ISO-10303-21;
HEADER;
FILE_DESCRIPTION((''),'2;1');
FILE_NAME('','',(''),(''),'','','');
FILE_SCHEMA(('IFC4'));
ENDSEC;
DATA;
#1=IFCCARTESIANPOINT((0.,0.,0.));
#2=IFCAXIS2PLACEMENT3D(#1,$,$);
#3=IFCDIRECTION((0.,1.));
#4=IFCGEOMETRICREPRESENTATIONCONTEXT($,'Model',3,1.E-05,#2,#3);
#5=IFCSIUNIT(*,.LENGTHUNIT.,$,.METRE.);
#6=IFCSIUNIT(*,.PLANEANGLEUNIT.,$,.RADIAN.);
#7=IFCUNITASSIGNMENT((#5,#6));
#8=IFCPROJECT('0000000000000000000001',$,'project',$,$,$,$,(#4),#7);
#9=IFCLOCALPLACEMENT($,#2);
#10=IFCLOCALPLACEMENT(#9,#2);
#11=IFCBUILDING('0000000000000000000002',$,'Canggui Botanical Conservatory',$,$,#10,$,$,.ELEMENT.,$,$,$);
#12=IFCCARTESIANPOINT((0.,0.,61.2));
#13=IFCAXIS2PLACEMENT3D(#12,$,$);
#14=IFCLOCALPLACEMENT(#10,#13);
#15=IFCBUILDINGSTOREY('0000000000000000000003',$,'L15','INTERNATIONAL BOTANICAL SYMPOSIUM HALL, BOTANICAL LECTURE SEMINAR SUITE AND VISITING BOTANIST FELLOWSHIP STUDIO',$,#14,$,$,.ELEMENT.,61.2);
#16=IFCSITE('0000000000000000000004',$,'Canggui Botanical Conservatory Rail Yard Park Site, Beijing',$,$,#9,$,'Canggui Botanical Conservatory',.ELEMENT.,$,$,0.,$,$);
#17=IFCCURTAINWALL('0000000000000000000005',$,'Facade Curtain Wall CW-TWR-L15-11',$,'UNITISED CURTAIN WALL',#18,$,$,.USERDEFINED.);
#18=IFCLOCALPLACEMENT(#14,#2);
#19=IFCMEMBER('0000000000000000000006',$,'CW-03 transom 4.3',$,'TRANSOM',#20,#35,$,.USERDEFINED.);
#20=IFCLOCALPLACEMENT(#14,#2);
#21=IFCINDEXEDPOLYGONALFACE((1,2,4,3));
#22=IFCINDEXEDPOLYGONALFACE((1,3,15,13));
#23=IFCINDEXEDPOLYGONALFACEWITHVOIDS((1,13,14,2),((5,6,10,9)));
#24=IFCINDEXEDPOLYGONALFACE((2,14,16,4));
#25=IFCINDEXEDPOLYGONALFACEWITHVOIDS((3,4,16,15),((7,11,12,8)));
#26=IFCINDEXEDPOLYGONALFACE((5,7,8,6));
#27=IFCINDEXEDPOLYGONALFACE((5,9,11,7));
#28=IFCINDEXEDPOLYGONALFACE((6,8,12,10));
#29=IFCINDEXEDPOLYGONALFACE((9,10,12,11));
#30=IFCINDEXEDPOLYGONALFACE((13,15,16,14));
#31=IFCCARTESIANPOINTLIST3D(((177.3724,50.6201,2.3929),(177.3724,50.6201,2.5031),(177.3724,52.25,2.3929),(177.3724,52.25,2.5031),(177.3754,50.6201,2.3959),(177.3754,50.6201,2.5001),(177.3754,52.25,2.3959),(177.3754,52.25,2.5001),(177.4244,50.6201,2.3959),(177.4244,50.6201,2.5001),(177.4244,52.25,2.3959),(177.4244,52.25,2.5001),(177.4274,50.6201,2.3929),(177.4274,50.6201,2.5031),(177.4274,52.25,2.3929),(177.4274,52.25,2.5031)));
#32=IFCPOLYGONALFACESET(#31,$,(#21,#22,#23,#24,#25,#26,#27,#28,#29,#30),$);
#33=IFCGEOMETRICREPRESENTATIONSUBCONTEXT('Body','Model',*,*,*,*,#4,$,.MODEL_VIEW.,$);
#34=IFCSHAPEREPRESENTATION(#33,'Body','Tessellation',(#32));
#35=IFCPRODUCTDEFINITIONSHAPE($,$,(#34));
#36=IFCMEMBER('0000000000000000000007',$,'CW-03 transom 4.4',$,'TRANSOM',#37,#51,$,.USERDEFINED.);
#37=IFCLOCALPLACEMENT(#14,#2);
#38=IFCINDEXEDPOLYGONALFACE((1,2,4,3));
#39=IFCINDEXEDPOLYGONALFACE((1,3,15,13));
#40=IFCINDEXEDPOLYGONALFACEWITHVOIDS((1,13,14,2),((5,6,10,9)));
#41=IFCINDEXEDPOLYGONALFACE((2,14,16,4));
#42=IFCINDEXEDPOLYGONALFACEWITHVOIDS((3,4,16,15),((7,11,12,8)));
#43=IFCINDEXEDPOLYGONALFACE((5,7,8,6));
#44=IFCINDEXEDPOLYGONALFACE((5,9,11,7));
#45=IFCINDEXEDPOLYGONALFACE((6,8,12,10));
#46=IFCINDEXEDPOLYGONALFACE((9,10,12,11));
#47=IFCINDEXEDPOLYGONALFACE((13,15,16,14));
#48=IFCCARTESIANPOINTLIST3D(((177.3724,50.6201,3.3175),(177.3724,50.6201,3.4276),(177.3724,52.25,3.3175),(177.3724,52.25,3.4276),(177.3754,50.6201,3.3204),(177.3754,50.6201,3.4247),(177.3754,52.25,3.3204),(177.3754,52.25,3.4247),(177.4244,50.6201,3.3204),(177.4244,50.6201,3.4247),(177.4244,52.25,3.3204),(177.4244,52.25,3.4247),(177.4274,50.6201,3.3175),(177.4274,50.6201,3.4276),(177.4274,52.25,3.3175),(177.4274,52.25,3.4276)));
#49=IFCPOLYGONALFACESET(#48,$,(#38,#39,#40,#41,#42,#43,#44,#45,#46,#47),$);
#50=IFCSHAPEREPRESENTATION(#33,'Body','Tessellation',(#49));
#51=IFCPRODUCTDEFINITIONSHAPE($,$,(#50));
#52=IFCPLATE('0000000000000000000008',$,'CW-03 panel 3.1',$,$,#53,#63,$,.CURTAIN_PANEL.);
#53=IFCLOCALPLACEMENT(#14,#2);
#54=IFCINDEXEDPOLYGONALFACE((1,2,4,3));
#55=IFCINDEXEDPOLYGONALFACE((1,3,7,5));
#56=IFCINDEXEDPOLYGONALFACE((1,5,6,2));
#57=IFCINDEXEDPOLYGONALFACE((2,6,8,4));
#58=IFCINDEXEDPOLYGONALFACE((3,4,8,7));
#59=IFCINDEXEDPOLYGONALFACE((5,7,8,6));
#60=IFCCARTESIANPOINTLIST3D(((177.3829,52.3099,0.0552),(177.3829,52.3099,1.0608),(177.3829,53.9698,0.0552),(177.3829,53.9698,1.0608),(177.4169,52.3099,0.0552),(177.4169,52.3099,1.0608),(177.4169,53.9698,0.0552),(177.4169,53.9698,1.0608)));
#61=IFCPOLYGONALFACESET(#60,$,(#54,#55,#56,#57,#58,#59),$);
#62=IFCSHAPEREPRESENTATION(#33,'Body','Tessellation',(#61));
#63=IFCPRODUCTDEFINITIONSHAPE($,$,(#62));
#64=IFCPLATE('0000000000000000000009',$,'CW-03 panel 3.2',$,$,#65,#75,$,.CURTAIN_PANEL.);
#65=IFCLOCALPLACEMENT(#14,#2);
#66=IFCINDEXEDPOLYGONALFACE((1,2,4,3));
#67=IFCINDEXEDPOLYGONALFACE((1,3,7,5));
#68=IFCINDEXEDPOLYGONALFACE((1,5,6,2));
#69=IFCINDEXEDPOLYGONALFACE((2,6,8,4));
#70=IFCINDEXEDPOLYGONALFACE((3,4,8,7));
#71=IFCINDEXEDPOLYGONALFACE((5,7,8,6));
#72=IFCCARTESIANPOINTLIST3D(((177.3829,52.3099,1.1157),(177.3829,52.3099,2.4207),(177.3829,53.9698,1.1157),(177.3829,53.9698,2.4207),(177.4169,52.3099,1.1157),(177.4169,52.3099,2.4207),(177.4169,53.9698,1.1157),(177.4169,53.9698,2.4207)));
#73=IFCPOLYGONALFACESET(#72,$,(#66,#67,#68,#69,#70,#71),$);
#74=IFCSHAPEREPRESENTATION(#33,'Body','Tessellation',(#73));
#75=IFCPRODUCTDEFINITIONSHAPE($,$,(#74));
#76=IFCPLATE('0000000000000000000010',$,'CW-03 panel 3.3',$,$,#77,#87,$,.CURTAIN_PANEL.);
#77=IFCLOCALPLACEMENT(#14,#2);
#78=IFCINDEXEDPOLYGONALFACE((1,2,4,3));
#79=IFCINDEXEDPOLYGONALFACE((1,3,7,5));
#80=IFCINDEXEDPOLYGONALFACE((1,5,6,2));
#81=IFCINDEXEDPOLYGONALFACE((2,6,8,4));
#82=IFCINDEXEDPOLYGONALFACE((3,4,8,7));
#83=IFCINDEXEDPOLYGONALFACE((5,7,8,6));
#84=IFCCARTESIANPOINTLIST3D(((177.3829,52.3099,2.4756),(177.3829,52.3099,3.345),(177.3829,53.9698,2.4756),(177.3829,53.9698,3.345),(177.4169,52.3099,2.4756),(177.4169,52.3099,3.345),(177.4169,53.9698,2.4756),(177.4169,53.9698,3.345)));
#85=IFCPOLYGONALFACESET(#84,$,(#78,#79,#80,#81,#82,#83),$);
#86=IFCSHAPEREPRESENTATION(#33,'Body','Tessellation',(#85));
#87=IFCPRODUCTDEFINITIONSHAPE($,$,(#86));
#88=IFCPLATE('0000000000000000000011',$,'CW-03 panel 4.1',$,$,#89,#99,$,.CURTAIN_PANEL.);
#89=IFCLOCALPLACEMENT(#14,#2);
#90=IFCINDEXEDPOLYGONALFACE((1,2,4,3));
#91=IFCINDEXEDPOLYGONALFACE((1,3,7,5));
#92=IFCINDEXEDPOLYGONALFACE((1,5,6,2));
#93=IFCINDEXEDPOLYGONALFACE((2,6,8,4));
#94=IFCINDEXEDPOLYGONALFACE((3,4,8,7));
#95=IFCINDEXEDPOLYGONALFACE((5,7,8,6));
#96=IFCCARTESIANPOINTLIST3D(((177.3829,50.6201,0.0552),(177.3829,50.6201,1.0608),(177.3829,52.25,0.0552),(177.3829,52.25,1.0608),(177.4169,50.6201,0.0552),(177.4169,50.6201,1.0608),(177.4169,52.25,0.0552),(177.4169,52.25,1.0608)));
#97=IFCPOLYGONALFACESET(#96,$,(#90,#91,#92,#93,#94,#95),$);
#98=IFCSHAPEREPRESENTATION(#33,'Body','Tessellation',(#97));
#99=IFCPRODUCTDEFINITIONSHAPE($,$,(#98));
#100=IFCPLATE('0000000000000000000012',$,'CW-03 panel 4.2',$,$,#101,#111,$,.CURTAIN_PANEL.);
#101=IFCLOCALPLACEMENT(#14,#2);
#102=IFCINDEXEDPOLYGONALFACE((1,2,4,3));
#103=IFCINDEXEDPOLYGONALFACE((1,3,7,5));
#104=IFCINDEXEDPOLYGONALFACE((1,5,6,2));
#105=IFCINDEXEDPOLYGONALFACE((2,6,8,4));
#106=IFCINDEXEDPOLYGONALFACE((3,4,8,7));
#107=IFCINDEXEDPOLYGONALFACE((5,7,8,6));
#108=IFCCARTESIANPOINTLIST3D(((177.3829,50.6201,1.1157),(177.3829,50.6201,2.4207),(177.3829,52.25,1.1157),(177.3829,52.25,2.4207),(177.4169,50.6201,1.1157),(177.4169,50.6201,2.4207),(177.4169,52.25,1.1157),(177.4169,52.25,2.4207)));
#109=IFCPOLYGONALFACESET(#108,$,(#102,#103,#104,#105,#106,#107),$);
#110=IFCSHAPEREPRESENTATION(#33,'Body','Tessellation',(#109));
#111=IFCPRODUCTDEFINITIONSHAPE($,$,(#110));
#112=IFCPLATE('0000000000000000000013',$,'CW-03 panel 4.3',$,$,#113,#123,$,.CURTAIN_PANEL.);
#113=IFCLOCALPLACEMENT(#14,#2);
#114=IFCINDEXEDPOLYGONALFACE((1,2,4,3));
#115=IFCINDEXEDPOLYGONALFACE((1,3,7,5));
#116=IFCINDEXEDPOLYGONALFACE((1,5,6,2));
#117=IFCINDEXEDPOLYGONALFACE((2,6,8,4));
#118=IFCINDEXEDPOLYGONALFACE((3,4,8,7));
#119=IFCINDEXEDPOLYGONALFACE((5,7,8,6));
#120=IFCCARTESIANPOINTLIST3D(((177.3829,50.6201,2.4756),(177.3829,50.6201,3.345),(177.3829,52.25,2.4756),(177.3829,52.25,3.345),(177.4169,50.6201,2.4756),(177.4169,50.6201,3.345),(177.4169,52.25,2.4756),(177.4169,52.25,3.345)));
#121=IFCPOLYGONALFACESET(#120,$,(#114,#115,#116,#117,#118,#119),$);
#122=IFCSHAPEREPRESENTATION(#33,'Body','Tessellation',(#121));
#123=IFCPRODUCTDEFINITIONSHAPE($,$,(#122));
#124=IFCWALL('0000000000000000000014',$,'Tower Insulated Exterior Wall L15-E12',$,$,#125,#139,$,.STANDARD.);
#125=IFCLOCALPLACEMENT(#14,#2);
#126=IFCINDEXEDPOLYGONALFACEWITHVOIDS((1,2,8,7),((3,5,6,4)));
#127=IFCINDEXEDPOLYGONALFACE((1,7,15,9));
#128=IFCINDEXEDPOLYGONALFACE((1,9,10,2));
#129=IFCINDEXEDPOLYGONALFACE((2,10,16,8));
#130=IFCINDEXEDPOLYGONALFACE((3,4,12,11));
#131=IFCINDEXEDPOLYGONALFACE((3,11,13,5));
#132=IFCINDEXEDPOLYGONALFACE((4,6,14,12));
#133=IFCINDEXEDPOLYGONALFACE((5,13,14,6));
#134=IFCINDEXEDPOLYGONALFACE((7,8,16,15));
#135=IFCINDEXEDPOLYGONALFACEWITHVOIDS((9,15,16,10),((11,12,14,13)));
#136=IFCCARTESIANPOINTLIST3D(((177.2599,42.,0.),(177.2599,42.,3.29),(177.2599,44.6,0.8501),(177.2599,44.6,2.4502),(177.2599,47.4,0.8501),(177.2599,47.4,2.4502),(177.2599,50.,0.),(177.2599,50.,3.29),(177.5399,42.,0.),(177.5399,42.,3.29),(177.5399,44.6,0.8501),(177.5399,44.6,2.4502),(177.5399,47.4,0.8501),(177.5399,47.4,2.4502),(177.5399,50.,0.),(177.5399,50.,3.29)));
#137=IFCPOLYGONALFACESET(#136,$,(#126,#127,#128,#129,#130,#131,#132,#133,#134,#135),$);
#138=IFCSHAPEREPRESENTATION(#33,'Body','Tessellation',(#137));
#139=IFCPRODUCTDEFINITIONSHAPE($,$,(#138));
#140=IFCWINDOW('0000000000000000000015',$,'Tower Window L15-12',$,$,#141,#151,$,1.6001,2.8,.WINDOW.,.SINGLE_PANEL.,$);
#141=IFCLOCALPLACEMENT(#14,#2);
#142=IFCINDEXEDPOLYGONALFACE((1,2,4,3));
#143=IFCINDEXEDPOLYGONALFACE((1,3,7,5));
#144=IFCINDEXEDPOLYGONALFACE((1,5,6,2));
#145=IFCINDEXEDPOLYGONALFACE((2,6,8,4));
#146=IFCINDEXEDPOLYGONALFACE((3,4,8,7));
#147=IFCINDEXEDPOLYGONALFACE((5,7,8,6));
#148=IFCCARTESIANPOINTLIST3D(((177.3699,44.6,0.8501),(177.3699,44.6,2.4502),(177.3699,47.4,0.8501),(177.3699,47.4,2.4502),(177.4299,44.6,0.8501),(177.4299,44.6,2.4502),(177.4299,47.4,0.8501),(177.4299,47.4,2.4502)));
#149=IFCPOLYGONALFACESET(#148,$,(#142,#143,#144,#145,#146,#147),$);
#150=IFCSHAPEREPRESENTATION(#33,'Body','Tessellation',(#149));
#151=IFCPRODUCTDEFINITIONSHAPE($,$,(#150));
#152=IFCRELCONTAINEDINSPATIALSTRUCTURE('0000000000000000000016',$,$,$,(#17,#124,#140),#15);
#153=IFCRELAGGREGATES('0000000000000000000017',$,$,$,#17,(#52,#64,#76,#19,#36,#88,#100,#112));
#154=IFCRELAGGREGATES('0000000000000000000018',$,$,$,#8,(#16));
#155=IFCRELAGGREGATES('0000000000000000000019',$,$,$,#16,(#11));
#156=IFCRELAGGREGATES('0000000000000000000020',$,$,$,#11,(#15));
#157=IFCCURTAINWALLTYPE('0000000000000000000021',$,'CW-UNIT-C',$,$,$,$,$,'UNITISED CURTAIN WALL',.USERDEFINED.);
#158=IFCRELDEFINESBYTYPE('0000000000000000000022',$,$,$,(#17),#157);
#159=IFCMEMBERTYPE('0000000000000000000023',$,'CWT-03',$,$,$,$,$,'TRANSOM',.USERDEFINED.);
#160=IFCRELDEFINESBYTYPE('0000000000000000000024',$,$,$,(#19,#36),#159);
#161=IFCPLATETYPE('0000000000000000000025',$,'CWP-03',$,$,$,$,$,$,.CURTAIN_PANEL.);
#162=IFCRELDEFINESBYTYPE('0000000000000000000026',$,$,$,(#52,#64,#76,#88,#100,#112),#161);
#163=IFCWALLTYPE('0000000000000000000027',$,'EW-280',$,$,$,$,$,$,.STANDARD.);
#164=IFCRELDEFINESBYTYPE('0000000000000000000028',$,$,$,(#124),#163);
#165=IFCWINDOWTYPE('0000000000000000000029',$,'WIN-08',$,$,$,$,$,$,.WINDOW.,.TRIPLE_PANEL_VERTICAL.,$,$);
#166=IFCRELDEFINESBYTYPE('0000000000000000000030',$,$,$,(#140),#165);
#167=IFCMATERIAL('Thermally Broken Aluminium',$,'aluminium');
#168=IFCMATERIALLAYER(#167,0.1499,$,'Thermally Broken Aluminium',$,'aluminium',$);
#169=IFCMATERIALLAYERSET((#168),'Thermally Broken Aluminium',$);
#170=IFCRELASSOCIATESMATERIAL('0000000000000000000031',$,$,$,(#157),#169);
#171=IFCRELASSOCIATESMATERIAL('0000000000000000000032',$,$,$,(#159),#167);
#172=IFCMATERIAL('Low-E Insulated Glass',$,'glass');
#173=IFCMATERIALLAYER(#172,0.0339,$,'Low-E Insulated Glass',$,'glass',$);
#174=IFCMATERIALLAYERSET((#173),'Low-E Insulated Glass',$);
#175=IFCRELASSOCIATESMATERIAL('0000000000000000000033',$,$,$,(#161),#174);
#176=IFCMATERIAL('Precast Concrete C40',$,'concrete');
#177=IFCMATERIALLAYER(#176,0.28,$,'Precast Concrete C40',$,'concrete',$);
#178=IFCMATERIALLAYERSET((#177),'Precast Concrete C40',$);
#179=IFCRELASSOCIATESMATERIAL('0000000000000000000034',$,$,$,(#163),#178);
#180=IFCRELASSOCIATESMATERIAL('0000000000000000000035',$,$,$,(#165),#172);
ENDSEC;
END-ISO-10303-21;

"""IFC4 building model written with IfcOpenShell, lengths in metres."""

from ifc_helpers import new_model, si_unit, direction, frame, frame_2d, origin, origin_2d, place, context, subcontext, project, spatial, rectangle, hollow_rectangle, extrude, material, layer, layer_set, material_profile, profile_set, type_object, element, fill, aggregate, save


model = new_model("IFC4")

# Units and contexts
model_context = context("Model", 3, precision=1e-05, world=origin(), true_north=direction((0.0, 1.0)))
body_context = subcontext(model_context, "Body", "Model", "MODEL_VIEW")
ifc_project = project(units=[si_unit("LENGTHUNIT", "METRE"), si_unit("PLANEANGLEUNIT", "RADIAN")], contexts=[model_context])

# Site, building, storey
site_placement = place(None, origin())
site = spatial("IfcSite", under=ifc_project, at=site_placement, Name="Canggui Botanical Conservatory Rail Yard Park Site, Beijing", LongName="Canggui Botanical Conservatory", CompositionType="ELEMENT", RefElevation=0.0)
building_placement = place(site_placement, origin())
building = spatial("IfcBuilding", under=site, at=building_placement, Name="Canggui Botanical Conservatory", CompositionType="ELEMENT")
storey_placement = place(building_placement, frame((0.0, 0.0, 61.2)))
storey = spatial("IfcBuildingStorey", under=building, at=storey_placement, Name="L15", Description="INTERNATIONAL BOTANICAL SYMPOSIUM HALL, BOTANICAL LECTURE SEMINAR SUITE AND VISITING BOTANIST FELLOWSHIP STUDIO", CompositionType="ELEMENT", Elevation=61.2)

# Curtain wall, members, plates
ifc_material_1 = material(Name="Thermally Broken Aluminium", Category="aluminium")
ifc_layer_1 = layer(ifc_material_1, 0.1499, Name="Thermally Broken Aluminium", Category="aluminium")
ifc_layer_set_1 = layer_set([ifc_layer_1], Name="Thermally Broken Aluminium")
curtain_wall_type = type_object("IfcCurtainWallType", Name="CW-UNIT-C", ElementType="UNITISED CURTAIN WALL", PredefinedType="USERDEFINED", material=ifc_layer_set_1)
curtain_wall_placement = place(storey_placement, origin())
curtain_wall = element("IfcCurtainWall", 1, at=curtain_wall_placement, inside=storey, type_object=curtain_wall_type, Name="Facade Curtain Wall CW-TWR-L15-11", ObjectType="UNITISED CURTAIN WALL", PredefinedType="USERDEFINED")
ifc_material_profile_1 = material_profile(ifc_material_1, hollow_rectangle(XDim=0.0549, YDim=0.1101, WallThickness=0.0029, at=origin_2d()), Name="CWT 55x110x3")
ifc_profile_set_1 = profile_set([ifc_material_profile_1], Name="Thermally Broken Aluminium")
member_type_1 = type_object("IfcMemberType", Name="CWT-03", ElementType="TRANSOM", PredefinedType="USERDEFINED", material=ifc_profile_set_1)
member_1_placement = place(storey_placement, frame((177.3999, 52.25, 2.448), z_axis=(0.0, -1.0, 0.0), x_axis=(1.0, 0.0, 0.0)))
member_1 = element("IfcMember", 2, at=member_1_placement, type_object=member_type_1, Name="CW-03 transom 4.3", ObjectType="TRANSOM", PredefinedType="USERDEFINED", context=body_context, shape_type="SweptSolid", body=[
    extrude(hollow_rectangle(XDim=0.0549, YDim=0.1101, WallThickness=0.0029, at=origin_2d()), origin(), (0.0, 0.0, 1.0), 1.6299),
])
member_2_placement = place(storey_placement, frame((177.3999, 52.25, 3.3726), z_axis=(0.0, -1.0, 0.0), x_axis=(1.0, 0.0, 0.0)))
member_2 = element("IfcMember", 3, at=member_2_placement, type_object=member_type_1, Name="CW-03 transom 4.4", ObjectType="TRANSOM", PredefinedType="USERDEFINED", context=body_context, shape_type="SweptSolid", body=[
    extrude(hollow_rectangle(XDim=0.0549, YDim=0.1101, WallThickness=0.0029, at=origin_2d()), origin(), (0.0, 0.0, 1.0), 1.6299),
])
ifc_material_2 = material(Name="Low-E Insulated Glass", Category="glass")
ifc_layer_2 = layer(ifc_material_2, 0.0339, Name="Low-E Insulated Glass", Category="glass")
ifc_layer_set_2 = layer_set([ifc_layer_2], Name="Low-E Insulated Glass")
plate_type = type_object("IfcPlateType", Name="CWP-03", PredefinedType="CURTAIN_PANEL", material=ifc_layer_set_2)
plate_1_placement = place(storey_placement, frame((177.3999, 53.1399, 0.0552), z_axis=(0.0, 0.0, 1.0), x_axis=(0.0, -1.0, 0.0)))
plate_1 = element("IfcPlate", 4, at=plate_1_placement, type_object=plate_type, Name="CW-03 panel 3.1", PredefinedType="CURTAIN_PANEL", context=body_context, shape_type="SweptSolid", body=[
    extrude(rectangle(XDim=1.6599, YDim=0.0339, at=origin_2d()), origin(), (0.0, 0.0, 1.0), 1.0056),
])
plate_2_placement = place(storey_placement, frame((177.3999, 53.1399, 1.1157), z_axis=(0.0, 0.0, 1.0), x_axis=(0.0, -1.0, 0.0)))
plate_2 = element("IfcPlate", 5, at=plate_2_placement, type_object=plate_type, Name="CW-03 panel 3.2", PredefinedType="CURTAIN_PANEL", context=body_context, shape_type="SweptSolid", body=[
    extrude(rectangle(XDim=1.6599, YDim=0.0339, at=origin_2d()), origin(), (0.0, 0.0, 1.0), 1.3049),
])
plate_3_placement = place(storey_placement, frame((177.3999, 53.1399, 2.4756), z_axis=(0.0, 0.0, 1.0), x_axis=(0.0, -1.0, 0.0)))
plate_3 = element("IfcPlate", 6, at=plate_3_placement, type_object=plate_type, Name="CW-03 panel 3.3", PredefinedType="CURTAIN_PANEL", context=body_context, shape_type="SweptSolid", body=[
    extrude(rectangle(XDim=1.6599, YDim=0.0339, at=origin_2d()), origin(), (0.0, 0.0, 1.0), 0.8694),
])
plate_4_placement = place(storey_placement, frame((177.3999, 51.4351, 0.0552), z_axis=(0.0, 0.0, 1.0), x_axis=(0.0, -1.0, 0.0)))
plate_4 = element("IfcPlate", 7, at=plate_4_placement, type_object=plate_type, Name="CW-03 panel 4.1", PredefinedType="CURTAIN_PANEL", context=body_context, shape_type="SweptSolid", body=[
    extrude(rectangle(XDim=1.6299, YDim=0.0339, at=origin_2d()), origin(), (0.0, 0.0, 1.0), 1.0056),
])
plate_5_placement = place(storey_placement, frame((177.3999, 51.4351, 1.1157), z_axis=(0.0, 0.0, 1.0), x_axis=(0.0, -1.0, 0.0)))
plate_5 = element("IfcPlate", 8, at=plate_5_placement, type_object=plate_type, Name="CW-03 panel 4.2", PredefinedType="CURTAIN_PANEL", context=body_context, shape_type="SweptSolid", body=[
    extrude(rectangle(XDim=1.6299, YDim=0.0339, at=origin_2d()), origin(), (0.0, 0.0, 1.0), 1.3049),
])
plate_6_placement = place(storey_placement, frame((177.3999, 51.4351, 2.4756), z_axis=(0.0, 0.0, 1.0), x_axis=(0.0, -1.0, 0.0)))
plate_6 = element("IfcPlate", 9, at=plate_6_placement, type_object=plate_type, Name="CW-03 panel 4.3", PredefinedType="CURTAIN_PANEL", context=body_context, shape_type="SweptSolid", body=[
    extrude(rectangle(XDim=1.6299, YDim=0.0339, at=origin_2d()), origin(), (0.0, 0.0, 1.0), 0.8694),
])
aggregate(curtain_wall, [plate_1, plate_2, plate_3, member_1, member_2, plate_4, plate_5, plate_6])

# Wall, opening, window
ifc_material_3 = material(Name="Precast Concrete C40", Category="concrete")
ifc_layer_3 = layer(ifc_material_3, 0.28, Name="Precast Concrete C40", Category="concrete")
ifc_layer_set_3 = layer_set([ifc_layer_3], Name="Precast Concrete C40")
wall_type = type_object("IfcWallType", Name="EW-280", PredefinedType="STANDARD", material=ifc_layer_set_3)
wall_placement = place(storey_placement, frame((177.3999, 50.0, 0.0), z_axis=(0.0, 0.0, 1.0), x_axis=(0.0, -1.0, 0.0)))
wall = element("IfcWall", 10, at=wall_placement, inside=storey, type_object=wall_type, Name="Tower Insulated Exterior Wall L15-E12", PredefinedType="STANDARD", context=body_context, shape_type="SweptSolid", body=[
    extrude(rectangle(XDim=8.0, YDim=0.28, at=frame_2d((4.0, 0.0))), origin(), (0.0, 0.0, 1.0), 3.29),
])
opening_placement = place(wall_placement, frame((2.6001, 0.0, 0.8501)))
opening = element("IfcOpeningElement", 11, at=opening_placement, cuts=wall, PredefinedType="OPENING", context=body_context, shape_type="SweptSolid", body=[
    extrude(rectangle(XDim=2.8, YDim=1.6001, at=frame_2d((1.3999, 0.8))), frame((0.0, 0.1499, 0.0), z_axis=(0.0, -1.0, 0.0), x_axis=(1.0, 0.0, 0.0)), (0.0, 0.0, 1.0), 0.3),
])
window_type = type_object("IfcWindowType", Name="WIN-08", PartitioningType="TRIPLE_PANEL_VERTICAL", PredefinedType="WINDOW", material=ifc_material_2)
window_placement = place(opening_placement, origin())
window = element("IfcWindow", 12, at=window_placement, inside=storey, type_object=window_type, Name="Tower Window L15-12", OverallHeight=1.6001, OverallWidth=2.8, PartitioningType="SINGLE_PANEL", PredefinedType="WINDOW", context=body_context, shape_type="SweptSolid", body=[
    extrude(rectangle(XDim=2.8, YDim=1.6001, at=frame_2d((1.3999, 0.8))), frame((0.0, 0.03, 0.0), z_axis=(0.0, -1.0, 0.0), x_axis=(1.0, 0.0, 0.0)), (0.0, 0.0, 1.0), 0.0601),
])
fill(opening, window)

save(model, "model.ifc")
